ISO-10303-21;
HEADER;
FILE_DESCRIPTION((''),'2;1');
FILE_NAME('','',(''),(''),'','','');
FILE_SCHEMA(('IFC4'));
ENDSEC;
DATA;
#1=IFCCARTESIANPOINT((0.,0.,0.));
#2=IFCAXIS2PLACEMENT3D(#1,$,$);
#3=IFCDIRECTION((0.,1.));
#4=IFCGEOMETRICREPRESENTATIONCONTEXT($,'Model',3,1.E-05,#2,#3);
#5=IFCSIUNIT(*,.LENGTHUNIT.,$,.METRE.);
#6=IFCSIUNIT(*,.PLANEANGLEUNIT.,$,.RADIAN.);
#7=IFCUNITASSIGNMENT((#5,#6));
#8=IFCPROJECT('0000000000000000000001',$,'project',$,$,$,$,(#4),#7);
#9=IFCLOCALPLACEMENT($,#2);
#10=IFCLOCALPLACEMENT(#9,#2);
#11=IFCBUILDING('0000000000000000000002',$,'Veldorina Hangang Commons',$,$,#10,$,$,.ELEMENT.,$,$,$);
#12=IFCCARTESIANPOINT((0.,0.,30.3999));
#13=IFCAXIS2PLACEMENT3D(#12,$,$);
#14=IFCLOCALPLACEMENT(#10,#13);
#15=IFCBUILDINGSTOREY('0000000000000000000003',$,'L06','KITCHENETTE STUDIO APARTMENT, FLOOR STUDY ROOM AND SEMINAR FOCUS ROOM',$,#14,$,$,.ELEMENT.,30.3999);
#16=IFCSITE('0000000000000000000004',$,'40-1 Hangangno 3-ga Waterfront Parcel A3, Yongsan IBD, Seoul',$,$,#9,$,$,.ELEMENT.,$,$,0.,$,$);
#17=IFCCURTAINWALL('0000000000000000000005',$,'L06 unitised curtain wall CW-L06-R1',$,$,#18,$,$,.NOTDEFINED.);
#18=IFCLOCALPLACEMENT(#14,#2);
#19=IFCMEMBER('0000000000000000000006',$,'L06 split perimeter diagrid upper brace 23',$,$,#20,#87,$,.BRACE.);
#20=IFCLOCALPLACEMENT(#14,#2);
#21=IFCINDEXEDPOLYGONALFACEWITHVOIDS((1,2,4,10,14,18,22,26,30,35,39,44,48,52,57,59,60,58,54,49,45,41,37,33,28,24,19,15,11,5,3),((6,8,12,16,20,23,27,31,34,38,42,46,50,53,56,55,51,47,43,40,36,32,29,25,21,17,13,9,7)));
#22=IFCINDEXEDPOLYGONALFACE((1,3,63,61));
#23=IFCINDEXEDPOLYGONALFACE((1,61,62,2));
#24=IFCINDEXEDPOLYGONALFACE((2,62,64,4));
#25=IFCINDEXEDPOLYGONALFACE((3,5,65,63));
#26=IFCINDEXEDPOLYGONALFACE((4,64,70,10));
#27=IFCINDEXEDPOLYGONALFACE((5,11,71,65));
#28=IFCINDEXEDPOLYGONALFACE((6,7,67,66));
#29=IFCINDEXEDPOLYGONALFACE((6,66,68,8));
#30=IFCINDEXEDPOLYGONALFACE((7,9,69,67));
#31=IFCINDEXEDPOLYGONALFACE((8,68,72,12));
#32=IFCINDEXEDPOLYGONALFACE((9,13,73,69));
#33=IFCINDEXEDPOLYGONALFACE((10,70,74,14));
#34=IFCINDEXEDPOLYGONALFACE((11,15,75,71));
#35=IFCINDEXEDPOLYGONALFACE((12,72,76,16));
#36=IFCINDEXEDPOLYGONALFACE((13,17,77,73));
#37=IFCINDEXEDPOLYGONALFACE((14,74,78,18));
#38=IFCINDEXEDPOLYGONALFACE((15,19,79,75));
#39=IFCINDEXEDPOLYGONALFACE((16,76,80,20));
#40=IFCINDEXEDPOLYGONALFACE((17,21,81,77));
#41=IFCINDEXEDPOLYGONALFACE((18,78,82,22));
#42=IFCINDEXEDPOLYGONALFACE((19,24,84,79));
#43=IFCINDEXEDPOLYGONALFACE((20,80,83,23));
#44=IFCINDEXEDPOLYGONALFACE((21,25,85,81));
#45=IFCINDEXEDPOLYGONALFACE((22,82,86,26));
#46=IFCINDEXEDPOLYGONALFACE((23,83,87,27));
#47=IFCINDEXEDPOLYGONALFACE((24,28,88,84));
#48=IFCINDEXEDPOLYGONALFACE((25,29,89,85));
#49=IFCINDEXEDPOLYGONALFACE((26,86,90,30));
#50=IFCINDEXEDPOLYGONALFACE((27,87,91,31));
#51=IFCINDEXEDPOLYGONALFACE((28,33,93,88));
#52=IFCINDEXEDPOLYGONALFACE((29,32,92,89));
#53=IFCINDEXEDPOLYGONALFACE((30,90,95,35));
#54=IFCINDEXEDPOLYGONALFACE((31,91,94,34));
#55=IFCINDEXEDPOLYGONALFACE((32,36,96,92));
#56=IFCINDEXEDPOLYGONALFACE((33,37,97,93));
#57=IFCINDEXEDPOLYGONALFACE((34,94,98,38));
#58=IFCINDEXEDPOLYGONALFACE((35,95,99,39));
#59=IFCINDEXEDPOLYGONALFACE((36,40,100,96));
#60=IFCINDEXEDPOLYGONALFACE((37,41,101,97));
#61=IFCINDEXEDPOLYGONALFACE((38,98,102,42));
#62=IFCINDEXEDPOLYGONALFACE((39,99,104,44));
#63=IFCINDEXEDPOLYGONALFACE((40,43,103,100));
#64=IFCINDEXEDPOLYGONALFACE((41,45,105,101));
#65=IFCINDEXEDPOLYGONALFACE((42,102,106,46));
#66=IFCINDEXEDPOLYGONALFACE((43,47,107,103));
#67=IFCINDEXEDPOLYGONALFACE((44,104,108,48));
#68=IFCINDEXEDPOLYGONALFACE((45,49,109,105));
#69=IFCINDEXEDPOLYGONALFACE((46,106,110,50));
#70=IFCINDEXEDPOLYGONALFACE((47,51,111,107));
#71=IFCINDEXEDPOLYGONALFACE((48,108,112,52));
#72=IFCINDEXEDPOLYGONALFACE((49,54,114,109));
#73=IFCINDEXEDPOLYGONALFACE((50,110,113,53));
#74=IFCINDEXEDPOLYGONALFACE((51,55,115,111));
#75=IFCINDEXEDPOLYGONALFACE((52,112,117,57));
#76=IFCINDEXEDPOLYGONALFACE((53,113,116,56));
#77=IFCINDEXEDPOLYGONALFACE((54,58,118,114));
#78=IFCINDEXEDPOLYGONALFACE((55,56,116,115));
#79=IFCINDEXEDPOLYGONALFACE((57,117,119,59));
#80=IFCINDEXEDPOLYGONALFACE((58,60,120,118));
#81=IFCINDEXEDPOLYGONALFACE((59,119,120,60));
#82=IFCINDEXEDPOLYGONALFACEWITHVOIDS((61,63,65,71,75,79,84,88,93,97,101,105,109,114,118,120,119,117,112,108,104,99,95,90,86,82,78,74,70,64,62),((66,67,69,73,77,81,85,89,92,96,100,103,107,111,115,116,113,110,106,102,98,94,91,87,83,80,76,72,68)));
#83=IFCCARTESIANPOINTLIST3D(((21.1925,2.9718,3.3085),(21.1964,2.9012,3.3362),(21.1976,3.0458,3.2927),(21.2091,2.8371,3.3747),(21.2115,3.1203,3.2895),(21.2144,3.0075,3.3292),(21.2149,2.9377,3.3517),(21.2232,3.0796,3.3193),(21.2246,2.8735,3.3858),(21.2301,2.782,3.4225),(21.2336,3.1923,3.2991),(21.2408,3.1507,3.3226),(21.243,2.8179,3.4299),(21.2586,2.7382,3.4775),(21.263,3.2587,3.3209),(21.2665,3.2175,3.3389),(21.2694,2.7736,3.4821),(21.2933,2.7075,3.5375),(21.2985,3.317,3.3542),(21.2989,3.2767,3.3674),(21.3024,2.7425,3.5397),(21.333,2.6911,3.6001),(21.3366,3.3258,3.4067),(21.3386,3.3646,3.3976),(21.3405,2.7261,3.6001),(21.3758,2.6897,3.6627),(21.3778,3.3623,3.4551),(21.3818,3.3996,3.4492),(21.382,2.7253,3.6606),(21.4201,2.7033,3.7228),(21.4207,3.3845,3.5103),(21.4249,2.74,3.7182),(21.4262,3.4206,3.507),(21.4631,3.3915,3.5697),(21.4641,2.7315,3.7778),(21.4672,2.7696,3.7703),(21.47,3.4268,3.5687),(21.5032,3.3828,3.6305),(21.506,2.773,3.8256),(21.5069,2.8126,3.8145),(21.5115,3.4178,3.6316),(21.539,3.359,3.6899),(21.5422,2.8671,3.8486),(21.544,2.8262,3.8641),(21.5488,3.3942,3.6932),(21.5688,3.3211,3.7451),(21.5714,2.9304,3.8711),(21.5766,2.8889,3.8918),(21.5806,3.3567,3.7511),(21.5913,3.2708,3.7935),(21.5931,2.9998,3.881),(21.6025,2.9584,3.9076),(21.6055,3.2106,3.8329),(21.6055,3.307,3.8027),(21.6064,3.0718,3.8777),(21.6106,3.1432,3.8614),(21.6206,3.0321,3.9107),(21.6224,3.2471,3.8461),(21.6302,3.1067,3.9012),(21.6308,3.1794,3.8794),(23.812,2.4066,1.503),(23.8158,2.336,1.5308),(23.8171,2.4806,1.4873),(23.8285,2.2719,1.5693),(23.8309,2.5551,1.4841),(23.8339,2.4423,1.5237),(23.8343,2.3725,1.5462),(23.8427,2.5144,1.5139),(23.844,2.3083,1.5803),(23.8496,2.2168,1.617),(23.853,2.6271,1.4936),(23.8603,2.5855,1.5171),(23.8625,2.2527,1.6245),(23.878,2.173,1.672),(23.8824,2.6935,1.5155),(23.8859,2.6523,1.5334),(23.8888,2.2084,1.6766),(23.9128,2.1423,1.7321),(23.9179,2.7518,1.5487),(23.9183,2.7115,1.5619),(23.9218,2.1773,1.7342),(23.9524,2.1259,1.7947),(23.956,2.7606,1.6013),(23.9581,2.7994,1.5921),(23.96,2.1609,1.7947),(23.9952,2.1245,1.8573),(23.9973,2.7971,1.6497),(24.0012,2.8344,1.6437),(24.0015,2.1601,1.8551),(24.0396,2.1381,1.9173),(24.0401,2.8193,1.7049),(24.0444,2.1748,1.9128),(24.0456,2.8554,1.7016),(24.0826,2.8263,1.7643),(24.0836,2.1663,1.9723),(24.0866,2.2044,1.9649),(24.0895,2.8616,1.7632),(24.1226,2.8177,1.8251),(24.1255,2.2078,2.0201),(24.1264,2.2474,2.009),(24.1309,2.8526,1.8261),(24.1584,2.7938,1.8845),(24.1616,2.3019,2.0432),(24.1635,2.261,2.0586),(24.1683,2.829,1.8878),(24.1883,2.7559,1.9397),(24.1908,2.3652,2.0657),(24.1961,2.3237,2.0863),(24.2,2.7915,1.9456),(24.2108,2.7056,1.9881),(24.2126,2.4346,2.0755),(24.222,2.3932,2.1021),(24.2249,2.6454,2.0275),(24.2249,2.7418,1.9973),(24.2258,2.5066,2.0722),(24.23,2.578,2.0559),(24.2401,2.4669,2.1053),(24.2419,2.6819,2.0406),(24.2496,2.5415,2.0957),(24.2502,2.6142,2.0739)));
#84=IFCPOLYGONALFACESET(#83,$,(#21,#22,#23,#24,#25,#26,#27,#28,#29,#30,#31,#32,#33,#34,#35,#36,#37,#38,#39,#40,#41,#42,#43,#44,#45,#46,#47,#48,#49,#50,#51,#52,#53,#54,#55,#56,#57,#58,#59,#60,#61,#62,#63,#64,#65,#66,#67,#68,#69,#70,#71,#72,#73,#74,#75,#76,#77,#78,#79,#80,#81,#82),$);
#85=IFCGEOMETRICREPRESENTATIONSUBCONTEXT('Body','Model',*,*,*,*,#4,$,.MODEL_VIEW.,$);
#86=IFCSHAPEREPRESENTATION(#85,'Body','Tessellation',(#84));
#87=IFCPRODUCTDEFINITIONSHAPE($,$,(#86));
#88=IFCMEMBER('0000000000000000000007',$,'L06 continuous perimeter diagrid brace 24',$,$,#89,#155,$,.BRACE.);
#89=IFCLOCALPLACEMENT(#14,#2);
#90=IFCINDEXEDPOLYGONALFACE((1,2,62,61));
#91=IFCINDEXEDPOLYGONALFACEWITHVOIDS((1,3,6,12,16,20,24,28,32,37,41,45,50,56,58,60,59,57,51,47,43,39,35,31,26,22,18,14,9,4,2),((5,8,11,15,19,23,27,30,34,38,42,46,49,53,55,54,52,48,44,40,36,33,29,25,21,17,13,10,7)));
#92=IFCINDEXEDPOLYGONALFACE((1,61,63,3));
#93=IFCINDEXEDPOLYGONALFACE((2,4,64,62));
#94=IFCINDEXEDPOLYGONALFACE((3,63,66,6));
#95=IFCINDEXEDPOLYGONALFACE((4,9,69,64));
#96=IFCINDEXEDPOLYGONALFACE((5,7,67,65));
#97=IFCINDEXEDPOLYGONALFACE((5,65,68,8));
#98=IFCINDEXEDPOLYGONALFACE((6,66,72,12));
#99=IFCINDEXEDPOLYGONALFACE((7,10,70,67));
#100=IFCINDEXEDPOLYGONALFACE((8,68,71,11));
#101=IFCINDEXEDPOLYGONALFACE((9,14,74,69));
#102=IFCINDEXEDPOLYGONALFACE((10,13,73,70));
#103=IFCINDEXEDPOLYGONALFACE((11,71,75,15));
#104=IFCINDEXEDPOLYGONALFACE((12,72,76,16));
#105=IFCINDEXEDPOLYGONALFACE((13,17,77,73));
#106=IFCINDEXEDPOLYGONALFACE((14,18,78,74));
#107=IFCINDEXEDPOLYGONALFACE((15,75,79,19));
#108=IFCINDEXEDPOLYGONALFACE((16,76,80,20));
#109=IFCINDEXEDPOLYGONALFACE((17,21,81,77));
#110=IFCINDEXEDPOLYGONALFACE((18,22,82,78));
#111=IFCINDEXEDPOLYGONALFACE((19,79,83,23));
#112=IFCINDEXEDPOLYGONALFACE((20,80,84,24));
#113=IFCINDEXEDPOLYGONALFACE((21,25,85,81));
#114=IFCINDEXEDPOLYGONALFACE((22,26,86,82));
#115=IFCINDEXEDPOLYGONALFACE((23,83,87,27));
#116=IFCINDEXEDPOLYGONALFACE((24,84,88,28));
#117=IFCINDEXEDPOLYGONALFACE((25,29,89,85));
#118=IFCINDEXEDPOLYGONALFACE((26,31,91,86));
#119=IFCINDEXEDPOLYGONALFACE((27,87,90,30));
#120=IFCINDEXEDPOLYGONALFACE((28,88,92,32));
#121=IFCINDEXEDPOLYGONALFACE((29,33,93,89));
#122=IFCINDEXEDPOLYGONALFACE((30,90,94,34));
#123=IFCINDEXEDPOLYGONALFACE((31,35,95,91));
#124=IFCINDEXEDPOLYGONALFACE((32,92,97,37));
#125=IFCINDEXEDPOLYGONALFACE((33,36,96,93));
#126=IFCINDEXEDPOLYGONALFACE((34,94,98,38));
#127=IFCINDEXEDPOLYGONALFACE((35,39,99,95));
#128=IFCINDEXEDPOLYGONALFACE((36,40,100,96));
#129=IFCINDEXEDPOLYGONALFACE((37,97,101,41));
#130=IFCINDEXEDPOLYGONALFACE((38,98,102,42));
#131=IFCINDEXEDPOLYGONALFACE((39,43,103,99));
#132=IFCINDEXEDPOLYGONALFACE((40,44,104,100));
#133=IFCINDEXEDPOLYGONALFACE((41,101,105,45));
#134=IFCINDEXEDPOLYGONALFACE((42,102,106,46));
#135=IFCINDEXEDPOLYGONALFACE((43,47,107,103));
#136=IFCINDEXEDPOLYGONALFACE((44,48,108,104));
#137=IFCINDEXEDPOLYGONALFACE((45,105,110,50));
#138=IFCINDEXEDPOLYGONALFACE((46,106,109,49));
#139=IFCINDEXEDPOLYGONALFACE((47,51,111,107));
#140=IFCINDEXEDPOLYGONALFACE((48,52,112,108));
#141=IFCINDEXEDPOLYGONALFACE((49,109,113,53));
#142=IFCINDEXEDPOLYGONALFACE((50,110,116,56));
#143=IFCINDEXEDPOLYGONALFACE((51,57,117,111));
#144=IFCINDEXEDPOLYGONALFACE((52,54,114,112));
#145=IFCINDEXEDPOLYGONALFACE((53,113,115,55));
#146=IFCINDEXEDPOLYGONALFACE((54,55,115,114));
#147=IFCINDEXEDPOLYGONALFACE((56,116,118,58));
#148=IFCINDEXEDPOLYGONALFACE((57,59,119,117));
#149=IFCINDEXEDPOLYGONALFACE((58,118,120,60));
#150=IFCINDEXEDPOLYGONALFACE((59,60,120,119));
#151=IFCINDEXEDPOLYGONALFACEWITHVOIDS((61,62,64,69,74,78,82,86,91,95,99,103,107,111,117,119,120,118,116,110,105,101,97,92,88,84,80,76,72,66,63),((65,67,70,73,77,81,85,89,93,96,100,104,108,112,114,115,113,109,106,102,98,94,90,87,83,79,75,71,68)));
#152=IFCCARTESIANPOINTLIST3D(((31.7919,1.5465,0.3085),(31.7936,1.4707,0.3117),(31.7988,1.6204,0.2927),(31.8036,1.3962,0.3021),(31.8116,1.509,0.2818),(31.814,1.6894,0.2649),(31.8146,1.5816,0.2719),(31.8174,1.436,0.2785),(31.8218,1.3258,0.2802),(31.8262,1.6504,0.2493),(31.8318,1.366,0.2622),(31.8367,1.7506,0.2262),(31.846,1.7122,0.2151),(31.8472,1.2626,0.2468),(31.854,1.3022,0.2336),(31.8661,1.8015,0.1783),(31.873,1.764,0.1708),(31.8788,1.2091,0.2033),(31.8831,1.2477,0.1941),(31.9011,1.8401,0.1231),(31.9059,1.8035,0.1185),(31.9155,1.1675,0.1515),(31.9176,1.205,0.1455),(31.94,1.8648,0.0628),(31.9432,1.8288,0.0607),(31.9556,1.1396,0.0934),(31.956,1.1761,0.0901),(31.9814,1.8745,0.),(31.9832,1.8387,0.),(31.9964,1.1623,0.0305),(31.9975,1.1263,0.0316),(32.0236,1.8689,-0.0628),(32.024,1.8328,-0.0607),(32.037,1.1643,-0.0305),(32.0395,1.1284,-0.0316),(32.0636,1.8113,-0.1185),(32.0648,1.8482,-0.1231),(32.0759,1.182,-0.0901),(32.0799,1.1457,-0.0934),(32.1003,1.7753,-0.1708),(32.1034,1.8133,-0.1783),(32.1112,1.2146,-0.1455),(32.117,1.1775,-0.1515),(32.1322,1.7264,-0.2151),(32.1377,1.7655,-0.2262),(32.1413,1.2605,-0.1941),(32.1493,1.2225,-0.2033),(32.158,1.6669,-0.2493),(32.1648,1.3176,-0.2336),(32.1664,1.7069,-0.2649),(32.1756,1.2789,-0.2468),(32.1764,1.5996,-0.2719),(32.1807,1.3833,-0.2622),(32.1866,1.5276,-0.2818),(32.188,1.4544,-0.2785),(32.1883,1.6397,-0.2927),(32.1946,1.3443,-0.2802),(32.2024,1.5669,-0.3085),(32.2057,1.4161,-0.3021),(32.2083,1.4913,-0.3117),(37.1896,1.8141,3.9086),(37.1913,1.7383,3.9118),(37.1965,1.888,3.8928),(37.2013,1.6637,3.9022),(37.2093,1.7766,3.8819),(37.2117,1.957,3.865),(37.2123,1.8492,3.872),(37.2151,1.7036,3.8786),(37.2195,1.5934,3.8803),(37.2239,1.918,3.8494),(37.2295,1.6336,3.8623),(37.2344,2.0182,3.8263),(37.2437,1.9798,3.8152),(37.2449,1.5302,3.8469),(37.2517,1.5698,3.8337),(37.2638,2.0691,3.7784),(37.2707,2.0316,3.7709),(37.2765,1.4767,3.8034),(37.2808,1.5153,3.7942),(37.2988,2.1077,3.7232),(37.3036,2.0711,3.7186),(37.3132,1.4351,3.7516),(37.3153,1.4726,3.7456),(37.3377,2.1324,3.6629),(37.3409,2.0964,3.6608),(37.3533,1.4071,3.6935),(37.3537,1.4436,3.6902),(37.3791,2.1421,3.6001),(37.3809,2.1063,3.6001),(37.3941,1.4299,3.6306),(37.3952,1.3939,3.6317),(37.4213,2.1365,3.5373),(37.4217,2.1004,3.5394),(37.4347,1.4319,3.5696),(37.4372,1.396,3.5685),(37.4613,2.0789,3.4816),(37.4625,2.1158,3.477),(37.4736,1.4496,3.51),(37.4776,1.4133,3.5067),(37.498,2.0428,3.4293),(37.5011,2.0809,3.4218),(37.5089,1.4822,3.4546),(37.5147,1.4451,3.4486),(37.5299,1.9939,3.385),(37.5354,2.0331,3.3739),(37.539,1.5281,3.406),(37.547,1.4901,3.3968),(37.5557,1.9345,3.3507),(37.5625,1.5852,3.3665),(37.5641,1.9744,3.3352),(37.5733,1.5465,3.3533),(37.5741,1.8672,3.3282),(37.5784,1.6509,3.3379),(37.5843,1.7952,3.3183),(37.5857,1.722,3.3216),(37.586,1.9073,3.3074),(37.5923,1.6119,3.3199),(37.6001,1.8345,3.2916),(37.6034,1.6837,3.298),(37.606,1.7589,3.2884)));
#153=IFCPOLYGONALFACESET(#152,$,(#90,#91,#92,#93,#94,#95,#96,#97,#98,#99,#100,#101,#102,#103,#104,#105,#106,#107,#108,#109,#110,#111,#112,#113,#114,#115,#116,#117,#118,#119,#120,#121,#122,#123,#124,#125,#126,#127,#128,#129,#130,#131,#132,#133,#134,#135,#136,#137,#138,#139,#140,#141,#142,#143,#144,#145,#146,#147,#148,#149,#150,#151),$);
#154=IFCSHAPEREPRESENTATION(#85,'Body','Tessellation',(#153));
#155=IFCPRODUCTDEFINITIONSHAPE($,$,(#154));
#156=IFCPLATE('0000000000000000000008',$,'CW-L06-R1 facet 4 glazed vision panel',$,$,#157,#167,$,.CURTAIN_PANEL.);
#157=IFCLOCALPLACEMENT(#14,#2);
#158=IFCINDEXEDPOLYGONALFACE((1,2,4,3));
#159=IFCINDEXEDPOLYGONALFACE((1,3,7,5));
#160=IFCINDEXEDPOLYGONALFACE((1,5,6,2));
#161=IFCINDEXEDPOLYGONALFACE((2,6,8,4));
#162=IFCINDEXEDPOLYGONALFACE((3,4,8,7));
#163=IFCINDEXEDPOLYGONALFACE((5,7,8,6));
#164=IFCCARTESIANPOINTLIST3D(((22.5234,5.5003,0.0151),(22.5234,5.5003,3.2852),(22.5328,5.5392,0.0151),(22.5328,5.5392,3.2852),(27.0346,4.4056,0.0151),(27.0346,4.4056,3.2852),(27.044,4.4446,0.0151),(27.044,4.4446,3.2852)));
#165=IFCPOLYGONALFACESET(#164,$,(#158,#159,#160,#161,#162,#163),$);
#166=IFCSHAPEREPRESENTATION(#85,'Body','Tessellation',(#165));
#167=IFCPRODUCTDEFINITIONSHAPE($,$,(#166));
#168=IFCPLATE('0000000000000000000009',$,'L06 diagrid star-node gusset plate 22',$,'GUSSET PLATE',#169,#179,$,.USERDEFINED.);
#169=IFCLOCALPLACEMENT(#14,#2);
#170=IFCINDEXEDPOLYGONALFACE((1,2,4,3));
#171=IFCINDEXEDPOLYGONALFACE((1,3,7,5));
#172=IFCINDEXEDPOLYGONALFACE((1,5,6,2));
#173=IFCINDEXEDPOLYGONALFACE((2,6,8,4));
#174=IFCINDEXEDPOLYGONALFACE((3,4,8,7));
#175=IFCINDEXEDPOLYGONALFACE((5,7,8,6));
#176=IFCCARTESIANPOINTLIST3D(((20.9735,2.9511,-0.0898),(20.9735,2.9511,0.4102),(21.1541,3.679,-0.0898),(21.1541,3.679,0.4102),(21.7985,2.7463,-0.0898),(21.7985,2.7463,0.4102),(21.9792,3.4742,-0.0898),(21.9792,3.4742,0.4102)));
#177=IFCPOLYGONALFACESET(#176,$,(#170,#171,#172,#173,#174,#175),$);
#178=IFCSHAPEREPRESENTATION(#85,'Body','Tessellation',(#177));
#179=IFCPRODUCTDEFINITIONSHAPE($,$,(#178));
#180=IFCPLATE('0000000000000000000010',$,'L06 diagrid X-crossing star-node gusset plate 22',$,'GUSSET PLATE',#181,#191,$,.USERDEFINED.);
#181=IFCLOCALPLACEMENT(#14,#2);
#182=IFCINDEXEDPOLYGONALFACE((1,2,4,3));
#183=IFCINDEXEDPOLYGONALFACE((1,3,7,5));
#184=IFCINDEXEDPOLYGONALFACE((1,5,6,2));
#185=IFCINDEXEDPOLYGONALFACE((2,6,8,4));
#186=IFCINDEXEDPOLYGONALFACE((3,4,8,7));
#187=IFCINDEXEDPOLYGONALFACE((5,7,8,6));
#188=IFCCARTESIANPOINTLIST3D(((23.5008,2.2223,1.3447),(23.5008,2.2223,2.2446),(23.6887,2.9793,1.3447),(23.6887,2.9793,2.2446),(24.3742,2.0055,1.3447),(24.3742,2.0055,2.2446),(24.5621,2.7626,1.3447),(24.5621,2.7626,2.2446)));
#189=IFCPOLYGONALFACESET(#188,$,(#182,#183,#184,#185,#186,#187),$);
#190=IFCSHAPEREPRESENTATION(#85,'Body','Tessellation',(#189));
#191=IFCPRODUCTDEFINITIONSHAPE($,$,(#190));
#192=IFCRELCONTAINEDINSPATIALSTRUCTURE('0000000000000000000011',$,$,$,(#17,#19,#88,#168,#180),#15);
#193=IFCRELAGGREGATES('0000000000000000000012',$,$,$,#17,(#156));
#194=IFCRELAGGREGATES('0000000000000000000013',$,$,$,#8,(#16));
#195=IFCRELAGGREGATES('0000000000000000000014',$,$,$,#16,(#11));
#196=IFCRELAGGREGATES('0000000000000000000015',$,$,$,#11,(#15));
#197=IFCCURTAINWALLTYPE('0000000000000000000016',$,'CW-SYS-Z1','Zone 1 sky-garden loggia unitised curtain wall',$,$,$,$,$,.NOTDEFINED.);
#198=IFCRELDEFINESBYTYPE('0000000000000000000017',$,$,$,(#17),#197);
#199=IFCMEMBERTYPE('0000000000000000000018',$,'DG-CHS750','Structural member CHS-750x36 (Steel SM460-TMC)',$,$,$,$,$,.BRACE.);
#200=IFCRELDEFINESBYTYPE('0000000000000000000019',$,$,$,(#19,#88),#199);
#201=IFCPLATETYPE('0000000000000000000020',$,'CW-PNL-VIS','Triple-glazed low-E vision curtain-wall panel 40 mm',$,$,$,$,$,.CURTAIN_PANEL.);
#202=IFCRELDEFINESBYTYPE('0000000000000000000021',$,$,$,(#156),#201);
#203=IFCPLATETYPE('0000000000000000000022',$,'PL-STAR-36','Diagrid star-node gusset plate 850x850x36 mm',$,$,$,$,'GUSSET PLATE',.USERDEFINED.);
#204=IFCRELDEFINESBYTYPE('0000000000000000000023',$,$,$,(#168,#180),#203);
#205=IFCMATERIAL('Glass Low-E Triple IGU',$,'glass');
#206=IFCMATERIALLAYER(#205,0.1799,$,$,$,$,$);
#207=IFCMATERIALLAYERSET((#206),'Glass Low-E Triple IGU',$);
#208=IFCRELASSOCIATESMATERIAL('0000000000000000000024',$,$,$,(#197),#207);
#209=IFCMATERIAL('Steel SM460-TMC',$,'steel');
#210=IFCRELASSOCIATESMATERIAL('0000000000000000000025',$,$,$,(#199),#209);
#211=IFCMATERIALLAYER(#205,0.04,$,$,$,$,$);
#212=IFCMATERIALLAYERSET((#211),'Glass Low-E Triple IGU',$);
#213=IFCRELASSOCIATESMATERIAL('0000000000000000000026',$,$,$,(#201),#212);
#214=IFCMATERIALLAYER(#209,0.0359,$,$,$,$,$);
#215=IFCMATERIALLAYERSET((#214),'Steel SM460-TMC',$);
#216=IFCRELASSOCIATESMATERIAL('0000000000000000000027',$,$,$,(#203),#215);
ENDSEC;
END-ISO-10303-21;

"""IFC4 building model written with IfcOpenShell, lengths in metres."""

from ifc_helpers import new_model, si_unit, direction, frame, origin, origin_2d, place, context, subcontext, project, spatial, rectangle, hollow_circle, extrude, material, layer, layer_set, material_profile, profile_set, type_object, element, aggregate, save


model = new_model("IFC4")

# Units and contexts
model_context = context("Model", 3, precision=1e-05, world=origin(), true_north=direction((0.0, 1.0)))
body_context = subcontext(model_context, "Body", "Model", "MODEL_VIEW")
ifc_project = project(units=[si_unit("LENGTHUNIT", "METRE"), si_unit("PLANEANGLEUNIT", "RADIAN")], contexts=[model_context])

# Site, building, storey
site_placement = place(None, origin())
site = spatial("IfcSite", under=ifc_project, at=site_placement, Name="40-1 Hangangno 3-ga Waterfront Parcel A3, Yongsan IBD, Seoul", CompositionType="ELEMENT", RefElevation=0.0)
building_placement = place(site_placement, origin())
building = spatial("IfcBuilding", under=site, at=building_placement, Name="Veldorina Hangang Commons", CompositionType="ELEMENT")
storey_placement = place(building_placement, frame((0.0, 0.0, 30.3999)))
storey = spatial("IfcBuildingStorey", under=building, at=storey_placement, Name="L06", Description="KITCHENETTE STUDIO APARTMENT, FLOOR STUDY ROOM AND SEMINAR FOCUS ROOM", CompositionType="ELEMENT", Elevation=30.3999)

# Shared definitions
ifc_material_1 = material(Name="Steel SM460-TMC", Category="steel")

# Curtain wall
ifc_material_2 = material(Name="Glass Low-E Triple IGU", Category="glass")
ifc_layer_1 = layer(ifc_material_2, 0.1799)
ifc_layer_set_1 = layer_set([ifc_layer_1], Name="Glass Low-E Triple IGU")
curtain_wall_type = type_object("IfcCurtainWallType", Name="CW-SYS-Z1", Description="Zone 1 sky-garden loggia unitised curtain wall", PredefinedType="NOTDEFINED", material=ifc_layer_set_1)
curtain_wall_placement = place(storey_placement, origin())
curtain_wall = element("IfcCurtainWall", 1, at=curtain_wall_placement, inside=storey, type_object=curtain_wall_type, Name="L06 unitised curtain wall CW-L06-R1", PredefinedType="NOTDEFINED")

# Members
ifc_material_profile_1 = material_profile(ifc_material_1, hollow_circle(Radius=0.375, WallThickness=0.0359, at=origin_2d()), Name="CHS-750x36")
ifc_profile_set_1 = profile_set([ifc_material_profile_1], Name="Steel SM460-TMC")
member_type_1 = type_object("IfcMemberType", Name="DG-CHS750", Description="Structural member CHS-750x36 (Steel SM460-TMC)", PredefinedType="BRACE", material=ifc_profile_set_1)
member_1_placement = place(storey_placement, frame((24.0315, 2.4924, 1.7947), z_axis=(-0.810673, 0.174919, 0.558759), x_axis=(-0.210916, -0.977504, 0.0)))
element("IfcMember", 2, at=member_1_placement, inside=storey, type_object=member_type_1, Name="L06 split perimeter diagrid upper brace 23", PredefinedType="BRACE", context=body_context, shape_type="SweptSolid", body=[
    extrude(hollow_circle(Radius=0.375, WallThickness=0.0359, at=origin_2d()), origin(), (0.0, 0.0, 1.0), 3.2312),
])
member_2_placement = place(storey_placement, frame((32.0, 1.5, 0.0), z_axis=(0.831228, 0.041206, 0.554403), x_axis=(-0.049512, 0.998774, 0.0)))
element("IfcMember", 3, at=member_2_placement, inside=storey, type_object=member_type_1, Name="L06 continuous perimeter diagrid brace 24", PredefinedType="BRACE", context=body_context, shape_type="SweptSolid", body=[
    extrude(hollow_circle(Radius=0.375, WallThickness=0.0359, at=origin_2d()), origin(), (0.0, 0.0, 1.0), 6.4937),
])

# Plate
ifc_layer_2 = layer(ifc_material_2, 0.04)
ifc_layer_set_2 = layer_set([ifc_layer_2], Name="Glass Low-E Triple IGU")
plate_type_1 = type_object("IfcPlateType", Name="CW-PNL-VIS", Description="Triple-glazed low-E vision curtain-wall panel 40 mm", PredefinedType="CURTAIN_PANEL", material=ifc_layer_set_2)
plate_1_placement = place(storey_placement, frame((24.7837, 4.9724, 0.0151), z_axis=(0.0, 0.0, 1.0), x_axis=(0.971801, -0.235804, 0.0)))
plate_1 = element("IfcPlate", 4, at=plate_1_placement, type_object=plate_type_1, Name="CW-L06-R1 facet 4 glazed vision panel", PredefinedType="CURTAIN_PANEL", context=body_context, shape_type="SweptSolid", body=[
    extrude(rectangle(XDim=4.6421, YDim=0.04, at=origin_2d()), origin(), (0.0, 0.0, 1.0), 3.27),
])
aggregate(curtain_wall, [plate_1])

# Plates
ifc_layer_3 = layer(ifc_material_1, 0.0359)
ifc_layer_set_3 = layer_set([ifc_layer_3], Name="Steel SM460-TMC")
plate_type_2 = type_object("IfcPlateType", Name="PL-STAR-36", Description="Diagrid star-node gusset plate 850x850x36 mm", ElementType="GUSSET PLATE", PredefinedType="USERDEFINED", material=ifc_layer_set_3)
plate_2_placement = place(storey_placement, frame((21.4763, 3.2126, -0.0898), z_axis=(0.0, 0.0, 1.0), x_axis=(0.970553, -0.240889, 0.0)))
element("IfcPlate", 5, at=plate_2_placement, inside=storey, type_object=plate_type_2, Name="L06 diagrid star-node gusset plate 22", ObjectType="GUSSET PLATE", PredefinedType="USERDEFINED", context=body_context, shape_type="SweptSolid", body=[
    extrude(rectangle(XDim=0.8501, YDim=0.75, at=origin_2d()), origin(), (0.0, 0.0, 1.0), 0.5),
])
plate_3_placement = place(storey_placement, frame((24.0315, 2.4924, 1.3447), z_axis=(0.0, 0.0, 1.0), x_axis=(0.970553, -0.240889, 0.0)))
element("IfcPlate", 6, at=plate_3_placement, inside=storey, type_object=plate_type_2, Name="L06 diagrid X-crossing star-node gusset plate 22", ObjectType="GUSSET PLATE", PredefinedType="USERDEFINED", context=body_context, shape_type="SweptSolid", body=[
    extrude(rectangle(XDim=0.8999, YDim=0.78, at=origin_2d()), origin(), (0.0, 0.0, 1.0), 0.8999),
])

save(model, "model.ifc")
